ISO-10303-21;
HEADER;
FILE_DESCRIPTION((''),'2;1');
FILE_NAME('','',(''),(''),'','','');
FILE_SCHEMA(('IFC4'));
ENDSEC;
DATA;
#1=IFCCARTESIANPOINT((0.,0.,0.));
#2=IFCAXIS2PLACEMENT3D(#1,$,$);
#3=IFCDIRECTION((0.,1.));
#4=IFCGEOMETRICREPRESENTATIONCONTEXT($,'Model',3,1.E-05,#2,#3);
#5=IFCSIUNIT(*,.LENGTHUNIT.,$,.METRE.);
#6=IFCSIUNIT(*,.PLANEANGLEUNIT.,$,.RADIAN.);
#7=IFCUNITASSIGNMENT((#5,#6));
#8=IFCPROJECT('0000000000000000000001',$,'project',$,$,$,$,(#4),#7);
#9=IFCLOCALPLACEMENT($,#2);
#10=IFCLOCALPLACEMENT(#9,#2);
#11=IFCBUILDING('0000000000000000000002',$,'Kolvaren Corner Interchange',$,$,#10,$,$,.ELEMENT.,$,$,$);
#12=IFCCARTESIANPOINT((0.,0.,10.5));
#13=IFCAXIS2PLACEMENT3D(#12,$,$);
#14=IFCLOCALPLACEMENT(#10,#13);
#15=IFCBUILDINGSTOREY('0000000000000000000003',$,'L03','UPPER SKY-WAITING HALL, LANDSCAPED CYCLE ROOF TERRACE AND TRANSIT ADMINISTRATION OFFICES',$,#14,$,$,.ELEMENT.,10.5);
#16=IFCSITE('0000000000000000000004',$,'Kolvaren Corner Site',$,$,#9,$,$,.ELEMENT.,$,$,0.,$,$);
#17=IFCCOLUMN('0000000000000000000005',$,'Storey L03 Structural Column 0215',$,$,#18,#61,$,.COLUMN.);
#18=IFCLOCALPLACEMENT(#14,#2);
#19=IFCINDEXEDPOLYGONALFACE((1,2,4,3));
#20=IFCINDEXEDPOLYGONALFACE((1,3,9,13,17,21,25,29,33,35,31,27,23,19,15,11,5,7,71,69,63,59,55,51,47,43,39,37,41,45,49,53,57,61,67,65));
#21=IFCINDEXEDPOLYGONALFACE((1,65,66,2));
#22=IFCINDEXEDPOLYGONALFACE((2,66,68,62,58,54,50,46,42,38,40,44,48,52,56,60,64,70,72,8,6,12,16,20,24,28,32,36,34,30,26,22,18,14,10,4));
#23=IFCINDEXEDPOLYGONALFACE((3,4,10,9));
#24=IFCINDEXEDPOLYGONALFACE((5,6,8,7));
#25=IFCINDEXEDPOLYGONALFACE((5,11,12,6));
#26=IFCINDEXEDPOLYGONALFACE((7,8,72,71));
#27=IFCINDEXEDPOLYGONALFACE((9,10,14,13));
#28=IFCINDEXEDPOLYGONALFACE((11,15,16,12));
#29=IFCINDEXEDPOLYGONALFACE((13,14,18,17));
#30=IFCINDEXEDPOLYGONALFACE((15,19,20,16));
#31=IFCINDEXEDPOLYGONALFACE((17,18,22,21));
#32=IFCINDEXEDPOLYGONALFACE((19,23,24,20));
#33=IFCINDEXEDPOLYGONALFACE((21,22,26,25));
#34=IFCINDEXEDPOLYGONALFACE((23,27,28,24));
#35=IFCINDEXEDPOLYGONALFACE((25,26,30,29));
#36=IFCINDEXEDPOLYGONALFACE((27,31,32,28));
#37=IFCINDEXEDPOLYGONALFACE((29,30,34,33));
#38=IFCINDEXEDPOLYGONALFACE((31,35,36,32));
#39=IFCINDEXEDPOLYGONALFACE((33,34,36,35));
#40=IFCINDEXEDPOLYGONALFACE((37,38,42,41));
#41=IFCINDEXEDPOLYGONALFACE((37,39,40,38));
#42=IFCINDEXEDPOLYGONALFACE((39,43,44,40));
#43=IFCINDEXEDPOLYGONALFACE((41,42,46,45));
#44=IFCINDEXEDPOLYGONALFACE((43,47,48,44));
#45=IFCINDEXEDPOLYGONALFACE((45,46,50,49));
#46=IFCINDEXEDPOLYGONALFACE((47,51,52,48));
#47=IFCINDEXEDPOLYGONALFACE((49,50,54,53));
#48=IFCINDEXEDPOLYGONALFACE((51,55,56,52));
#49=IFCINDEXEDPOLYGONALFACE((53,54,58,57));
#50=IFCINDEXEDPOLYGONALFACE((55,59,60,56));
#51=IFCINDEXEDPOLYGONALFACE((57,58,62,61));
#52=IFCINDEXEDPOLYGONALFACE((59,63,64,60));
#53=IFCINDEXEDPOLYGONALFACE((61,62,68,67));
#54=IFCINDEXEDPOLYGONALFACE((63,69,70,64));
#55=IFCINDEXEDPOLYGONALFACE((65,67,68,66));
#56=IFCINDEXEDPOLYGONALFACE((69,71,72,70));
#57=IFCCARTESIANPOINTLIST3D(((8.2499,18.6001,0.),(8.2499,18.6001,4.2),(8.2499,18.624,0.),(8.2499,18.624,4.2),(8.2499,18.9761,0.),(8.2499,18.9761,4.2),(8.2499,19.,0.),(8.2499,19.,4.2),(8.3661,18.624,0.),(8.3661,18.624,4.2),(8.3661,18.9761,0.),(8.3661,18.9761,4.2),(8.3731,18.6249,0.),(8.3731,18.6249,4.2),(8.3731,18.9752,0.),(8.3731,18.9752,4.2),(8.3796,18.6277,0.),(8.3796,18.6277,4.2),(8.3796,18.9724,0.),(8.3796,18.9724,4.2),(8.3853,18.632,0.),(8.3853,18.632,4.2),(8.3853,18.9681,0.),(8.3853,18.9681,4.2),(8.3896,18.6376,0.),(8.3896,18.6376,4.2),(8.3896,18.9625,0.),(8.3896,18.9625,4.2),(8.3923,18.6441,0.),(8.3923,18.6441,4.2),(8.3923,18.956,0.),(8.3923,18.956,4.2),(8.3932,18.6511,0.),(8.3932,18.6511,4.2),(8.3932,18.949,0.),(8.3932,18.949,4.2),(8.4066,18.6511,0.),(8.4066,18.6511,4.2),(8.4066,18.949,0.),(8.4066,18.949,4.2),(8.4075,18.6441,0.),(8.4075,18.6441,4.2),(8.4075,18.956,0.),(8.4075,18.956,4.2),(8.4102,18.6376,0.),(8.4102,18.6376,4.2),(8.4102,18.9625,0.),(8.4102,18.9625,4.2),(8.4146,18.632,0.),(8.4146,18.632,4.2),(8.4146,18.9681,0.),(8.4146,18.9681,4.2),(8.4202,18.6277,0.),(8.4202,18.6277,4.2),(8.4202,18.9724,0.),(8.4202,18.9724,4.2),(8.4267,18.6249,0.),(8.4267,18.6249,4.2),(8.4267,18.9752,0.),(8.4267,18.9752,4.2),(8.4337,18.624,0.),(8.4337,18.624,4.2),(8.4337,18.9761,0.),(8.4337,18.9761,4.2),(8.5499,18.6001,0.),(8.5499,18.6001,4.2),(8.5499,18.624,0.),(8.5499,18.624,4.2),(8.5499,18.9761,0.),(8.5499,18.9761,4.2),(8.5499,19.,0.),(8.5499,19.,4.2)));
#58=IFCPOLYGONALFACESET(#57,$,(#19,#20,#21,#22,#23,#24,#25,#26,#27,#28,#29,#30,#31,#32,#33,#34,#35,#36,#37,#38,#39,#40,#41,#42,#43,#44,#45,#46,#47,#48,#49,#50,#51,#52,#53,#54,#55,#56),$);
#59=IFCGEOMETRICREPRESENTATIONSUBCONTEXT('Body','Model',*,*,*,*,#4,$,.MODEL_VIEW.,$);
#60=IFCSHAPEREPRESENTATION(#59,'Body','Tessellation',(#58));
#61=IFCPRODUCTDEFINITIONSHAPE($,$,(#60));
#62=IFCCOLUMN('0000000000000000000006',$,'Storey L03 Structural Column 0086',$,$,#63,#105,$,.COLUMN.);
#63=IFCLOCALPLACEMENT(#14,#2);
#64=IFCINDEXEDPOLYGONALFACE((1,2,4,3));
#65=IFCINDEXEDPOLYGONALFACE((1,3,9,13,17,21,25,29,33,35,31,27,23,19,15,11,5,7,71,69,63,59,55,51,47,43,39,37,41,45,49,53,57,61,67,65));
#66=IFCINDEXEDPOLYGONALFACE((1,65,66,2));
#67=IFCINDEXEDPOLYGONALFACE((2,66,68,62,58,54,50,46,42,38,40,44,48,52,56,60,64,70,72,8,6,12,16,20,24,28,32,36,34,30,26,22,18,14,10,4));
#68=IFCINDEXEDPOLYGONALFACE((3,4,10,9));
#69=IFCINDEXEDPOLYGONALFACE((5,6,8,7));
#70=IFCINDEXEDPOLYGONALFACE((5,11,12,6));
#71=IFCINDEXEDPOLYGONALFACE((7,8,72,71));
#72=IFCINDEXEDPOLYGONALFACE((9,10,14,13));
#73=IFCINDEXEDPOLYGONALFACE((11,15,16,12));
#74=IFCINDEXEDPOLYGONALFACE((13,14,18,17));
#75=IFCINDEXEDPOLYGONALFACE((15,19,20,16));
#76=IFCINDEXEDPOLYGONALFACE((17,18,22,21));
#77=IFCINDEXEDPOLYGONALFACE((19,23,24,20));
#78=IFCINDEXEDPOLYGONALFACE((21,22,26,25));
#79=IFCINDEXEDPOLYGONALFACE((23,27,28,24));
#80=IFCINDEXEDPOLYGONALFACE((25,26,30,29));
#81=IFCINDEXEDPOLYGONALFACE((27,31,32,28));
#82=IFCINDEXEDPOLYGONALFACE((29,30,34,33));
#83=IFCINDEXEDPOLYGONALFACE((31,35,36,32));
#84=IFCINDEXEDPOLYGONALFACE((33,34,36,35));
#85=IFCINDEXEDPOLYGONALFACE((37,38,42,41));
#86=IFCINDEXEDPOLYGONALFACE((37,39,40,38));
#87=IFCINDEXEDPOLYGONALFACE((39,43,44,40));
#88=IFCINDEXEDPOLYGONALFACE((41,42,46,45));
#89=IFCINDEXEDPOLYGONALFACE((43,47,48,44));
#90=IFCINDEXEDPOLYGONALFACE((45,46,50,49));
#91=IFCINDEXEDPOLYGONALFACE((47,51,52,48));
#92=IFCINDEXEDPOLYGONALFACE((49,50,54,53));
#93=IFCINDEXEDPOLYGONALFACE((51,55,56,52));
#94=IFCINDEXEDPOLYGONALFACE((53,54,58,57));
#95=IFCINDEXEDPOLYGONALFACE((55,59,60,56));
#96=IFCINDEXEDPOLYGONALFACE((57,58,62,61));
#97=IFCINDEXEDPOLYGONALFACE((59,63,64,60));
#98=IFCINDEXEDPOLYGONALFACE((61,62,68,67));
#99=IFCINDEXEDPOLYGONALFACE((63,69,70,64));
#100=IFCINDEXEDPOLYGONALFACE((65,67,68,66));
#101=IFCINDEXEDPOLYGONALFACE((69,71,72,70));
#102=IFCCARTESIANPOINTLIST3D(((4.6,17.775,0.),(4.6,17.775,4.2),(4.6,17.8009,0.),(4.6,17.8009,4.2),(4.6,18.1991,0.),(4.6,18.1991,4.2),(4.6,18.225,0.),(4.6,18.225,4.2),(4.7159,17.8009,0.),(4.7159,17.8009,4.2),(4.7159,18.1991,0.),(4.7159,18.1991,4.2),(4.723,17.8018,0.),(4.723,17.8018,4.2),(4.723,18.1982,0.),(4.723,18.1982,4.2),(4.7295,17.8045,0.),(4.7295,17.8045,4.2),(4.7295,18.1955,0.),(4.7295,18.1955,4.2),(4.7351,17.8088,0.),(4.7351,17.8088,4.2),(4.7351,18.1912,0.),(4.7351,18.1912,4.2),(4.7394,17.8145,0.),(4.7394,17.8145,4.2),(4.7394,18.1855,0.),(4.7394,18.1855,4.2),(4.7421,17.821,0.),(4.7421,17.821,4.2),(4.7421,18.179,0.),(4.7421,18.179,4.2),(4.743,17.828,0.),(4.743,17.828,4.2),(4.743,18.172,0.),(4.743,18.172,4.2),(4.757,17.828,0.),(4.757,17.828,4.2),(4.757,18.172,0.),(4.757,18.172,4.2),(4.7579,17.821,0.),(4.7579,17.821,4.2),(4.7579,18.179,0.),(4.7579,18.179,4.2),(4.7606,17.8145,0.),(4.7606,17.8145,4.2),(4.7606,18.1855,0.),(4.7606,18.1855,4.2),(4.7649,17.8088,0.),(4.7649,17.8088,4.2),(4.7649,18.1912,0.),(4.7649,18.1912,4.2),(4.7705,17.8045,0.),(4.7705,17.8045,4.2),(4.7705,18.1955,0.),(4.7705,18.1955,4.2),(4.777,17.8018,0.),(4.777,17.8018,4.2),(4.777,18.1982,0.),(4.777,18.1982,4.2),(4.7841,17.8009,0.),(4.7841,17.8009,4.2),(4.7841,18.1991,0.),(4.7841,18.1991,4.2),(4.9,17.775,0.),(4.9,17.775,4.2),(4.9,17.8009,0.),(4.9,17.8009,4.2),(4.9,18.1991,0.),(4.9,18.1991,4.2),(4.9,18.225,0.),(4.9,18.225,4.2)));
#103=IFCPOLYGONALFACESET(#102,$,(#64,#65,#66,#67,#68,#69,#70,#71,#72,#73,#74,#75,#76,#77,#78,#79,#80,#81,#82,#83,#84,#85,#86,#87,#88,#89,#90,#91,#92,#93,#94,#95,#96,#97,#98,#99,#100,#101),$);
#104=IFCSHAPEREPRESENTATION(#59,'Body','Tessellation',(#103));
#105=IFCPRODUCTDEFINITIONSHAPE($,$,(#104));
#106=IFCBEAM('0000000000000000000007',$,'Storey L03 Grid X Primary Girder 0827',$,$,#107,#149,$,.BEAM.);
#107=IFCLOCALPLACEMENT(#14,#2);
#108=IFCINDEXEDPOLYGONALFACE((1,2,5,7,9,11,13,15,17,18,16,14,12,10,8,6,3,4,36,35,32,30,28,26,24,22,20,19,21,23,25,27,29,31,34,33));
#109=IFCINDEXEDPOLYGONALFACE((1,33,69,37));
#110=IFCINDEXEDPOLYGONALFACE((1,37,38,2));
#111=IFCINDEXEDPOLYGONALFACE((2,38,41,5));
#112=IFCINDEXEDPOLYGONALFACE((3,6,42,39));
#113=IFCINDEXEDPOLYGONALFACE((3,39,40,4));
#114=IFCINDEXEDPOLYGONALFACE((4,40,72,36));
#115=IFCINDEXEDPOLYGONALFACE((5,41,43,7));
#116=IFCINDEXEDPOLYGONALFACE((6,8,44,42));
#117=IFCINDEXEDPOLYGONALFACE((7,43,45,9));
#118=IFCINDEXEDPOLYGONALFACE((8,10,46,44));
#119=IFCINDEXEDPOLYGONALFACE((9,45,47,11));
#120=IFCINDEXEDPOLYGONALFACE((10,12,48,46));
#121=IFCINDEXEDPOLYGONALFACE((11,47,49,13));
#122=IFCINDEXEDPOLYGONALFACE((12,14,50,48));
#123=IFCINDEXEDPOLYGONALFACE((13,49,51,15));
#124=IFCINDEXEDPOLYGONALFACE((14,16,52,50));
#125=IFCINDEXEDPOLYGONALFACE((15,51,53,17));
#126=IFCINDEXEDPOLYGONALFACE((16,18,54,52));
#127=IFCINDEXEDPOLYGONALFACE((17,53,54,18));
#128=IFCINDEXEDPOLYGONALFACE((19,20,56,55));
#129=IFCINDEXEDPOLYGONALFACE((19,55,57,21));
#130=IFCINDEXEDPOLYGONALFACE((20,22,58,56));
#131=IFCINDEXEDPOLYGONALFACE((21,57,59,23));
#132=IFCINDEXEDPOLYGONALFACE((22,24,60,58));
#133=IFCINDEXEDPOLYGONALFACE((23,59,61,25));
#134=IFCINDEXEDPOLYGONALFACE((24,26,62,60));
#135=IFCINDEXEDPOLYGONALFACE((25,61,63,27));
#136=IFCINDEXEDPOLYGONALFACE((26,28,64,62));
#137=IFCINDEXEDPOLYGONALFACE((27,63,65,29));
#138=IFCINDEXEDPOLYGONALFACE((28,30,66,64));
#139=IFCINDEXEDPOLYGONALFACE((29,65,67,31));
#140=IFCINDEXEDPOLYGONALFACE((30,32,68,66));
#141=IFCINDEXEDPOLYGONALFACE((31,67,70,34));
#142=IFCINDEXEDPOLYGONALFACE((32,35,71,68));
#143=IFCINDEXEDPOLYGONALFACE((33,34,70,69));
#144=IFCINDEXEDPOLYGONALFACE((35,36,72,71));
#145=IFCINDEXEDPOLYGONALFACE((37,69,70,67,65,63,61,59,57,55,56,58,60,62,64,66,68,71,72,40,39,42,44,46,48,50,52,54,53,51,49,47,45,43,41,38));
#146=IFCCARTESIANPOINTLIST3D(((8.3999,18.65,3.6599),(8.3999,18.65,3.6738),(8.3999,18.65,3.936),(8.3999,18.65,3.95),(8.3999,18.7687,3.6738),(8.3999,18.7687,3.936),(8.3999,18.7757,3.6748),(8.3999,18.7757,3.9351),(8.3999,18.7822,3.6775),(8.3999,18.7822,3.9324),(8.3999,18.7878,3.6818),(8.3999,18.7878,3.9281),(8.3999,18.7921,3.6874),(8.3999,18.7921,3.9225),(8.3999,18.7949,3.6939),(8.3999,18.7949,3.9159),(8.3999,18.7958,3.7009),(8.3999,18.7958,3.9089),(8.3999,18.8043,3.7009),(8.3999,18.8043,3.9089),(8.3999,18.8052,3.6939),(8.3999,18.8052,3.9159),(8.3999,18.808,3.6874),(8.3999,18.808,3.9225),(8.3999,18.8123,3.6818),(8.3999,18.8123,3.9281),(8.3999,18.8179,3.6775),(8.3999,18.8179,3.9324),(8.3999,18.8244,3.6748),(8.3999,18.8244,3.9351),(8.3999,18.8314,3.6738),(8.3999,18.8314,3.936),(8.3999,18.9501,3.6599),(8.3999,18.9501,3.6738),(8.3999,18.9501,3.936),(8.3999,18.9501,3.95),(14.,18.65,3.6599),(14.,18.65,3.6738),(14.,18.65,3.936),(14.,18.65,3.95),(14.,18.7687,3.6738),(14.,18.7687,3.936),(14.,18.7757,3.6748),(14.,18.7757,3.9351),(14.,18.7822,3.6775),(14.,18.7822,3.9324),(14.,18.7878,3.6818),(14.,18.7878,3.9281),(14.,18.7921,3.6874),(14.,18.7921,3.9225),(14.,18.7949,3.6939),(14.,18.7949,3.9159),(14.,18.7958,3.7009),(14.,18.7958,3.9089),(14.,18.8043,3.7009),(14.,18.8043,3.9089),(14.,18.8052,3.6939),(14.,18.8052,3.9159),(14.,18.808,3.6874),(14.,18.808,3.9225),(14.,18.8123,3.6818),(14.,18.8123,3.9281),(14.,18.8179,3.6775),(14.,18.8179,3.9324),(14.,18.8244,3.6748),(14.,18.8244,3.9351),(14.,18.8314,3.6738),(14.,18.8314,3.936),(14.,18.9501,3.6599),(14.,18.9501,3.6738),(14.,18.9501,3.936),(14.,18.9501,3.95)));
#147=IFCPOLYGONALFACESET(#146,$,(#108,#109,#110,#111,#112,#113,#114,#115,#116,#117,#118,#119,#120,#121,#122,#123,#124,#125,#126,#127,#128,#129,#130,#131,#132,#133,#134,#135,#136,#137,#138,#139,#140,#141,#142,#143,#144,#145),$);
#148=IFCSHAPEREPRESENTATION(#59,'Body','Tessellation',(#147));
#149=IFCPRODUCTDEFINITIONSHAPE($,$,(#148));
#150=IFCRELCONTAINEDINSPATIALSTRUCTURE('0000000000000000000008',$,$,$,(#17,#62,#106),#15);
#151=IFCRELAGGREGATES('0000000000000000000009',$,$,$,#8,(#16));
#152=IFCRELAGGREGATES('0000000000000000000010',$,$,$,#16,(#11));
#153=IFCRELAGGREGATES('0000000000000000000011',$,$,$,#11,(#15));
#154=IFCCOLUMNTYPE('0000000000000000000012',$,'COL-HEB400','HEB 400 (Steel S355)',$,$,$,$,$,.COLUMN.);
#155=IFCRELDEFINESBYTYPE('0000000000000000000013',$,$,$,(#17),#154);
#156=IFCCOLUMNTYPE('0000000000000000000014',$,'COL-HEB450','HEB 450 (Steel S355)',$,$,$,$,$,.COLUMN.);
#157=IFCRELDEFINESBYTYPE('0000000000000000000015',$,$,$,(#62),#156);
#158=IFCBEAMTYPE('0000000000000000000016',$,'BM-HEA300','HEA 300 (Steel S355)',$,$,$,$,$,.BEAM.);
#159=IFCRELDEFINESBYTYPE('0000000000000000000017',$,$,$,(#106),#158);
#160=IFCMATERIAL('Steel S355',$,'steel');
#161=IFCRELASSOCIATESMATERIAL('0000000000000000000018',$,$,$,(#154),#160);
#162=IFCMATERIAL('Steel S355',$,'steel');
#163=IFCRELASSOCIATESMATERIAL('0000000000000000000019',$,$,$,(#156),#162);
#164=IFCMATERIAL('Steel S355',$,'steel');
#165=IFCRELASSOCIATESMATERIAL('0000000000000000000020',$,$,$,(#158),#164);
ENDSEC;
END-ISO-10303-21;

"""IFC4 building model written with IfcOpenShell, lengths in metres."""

from ifc_helpers import new_model, si_unit, direction, frame, origin, origin_2d, place, context, subcontext, project, spatial, i_section, extrude, material, material_profile, profile_set, type_object, element, save


model = new_model("IFC4")

# Units and contexts
model_context = context("Model", 3, precision=1e-05, world=origin(), true_north=direction((0.0, 1.0)))
body_context = subcontext(model_context, "Body", "Model", "MODEL_VIEW")
ifc_project = project(units=[si_unit("LENGTHUNIT", "METRE"), si_unit("PLANEANGLEUNIT", "RADIAN")], contexts=[model_context])

# Site, building, storey
site_placement = place(None, origin())
site = spatial("IfcSite", under=ifc_project, at=site_placement, Name="Kolvaren Corner Site", CompositionType="ELEMENT", RefElevation=0.0)
building_placement = place(site_placement, origin())
building = spatial("IfcBuilding", under=site, at=building_placement, Name="Kolvaren Corner Interchange", CompositionType="ELEMENT")
storey_placement = place(building_placement, frame((0.0, 0.0, 10.5)))
storey = spatial("IfcBuildingStorey", under=building, at=storey_placement, Name="L03", Description="UPPER SKY-WAITING HALL, LANDSCAPED CYCLE ROOF TERRACE AND TRANSIT ADMINISTRATION OFFICES", CompositionType="ELEMENT", Elevation=10.5)

# Columns
ifc_material_1 = material(Name="Steel S355", Category="steel")
ifc_material_profile_1 = material_profile(ifc_material_1, i_section(OverallWidth=0.3, OverallDepth=0.3999, WebThickness=0.0134, FlangeThickness=0.0239, FilletRadius=0.0271, at=origin_2d()), Name="HEB 400")
ifc_profile_set_1 = profile_set([ifc_material_profile_1], Name="Steel S355")
column_type_1 = type_object("IfcColumnType", Name="COL-HEB400", Description="HEB 400 (Steel S355)", PredefinedType="COLUMN", material=ifc_profile_set_1)
column_1_placement = place(storey_placement, frame((8.3999, 18.8, 0.0), z_axis=(0.0, 0.0, 1.0), x_axis=(1.0, 0.0, 0.0)))
element("IfcColumn", 1, at=column_1_placement, inside=storey, type_object=column_type_1, Name="Storey L03 Structural Column 0215", PredefinedType="COLUMN", context=body_context, shape_type="SweptSolid", body=[
    extrude(i_section(OverallWidth=0.3, OverallDepth=0.3999, WebThickness=0.0134, FlangeThickness=0.0239, FilletRadius=0.0271, at=origin_2d()), origin(), (0.0, 0.0, 1.0), 4.2),
])
ifc_material_2 = material(Name="Steel S355", Category="steel")
ifc_material_profile_2 = material_profile(ifc_material_2, i_section(OverallWidth=0.3, OverallDepth=0.45, WebThickness=0.0139, FlangeThickness=0.0259, FilletRadius=0.0271, at=origin_2d()), Name="HEB 450")
ifc_profile_set_2 = profile_set([ifc_material_profile_2], Name="Steel S355")
column_type_2 = type_object("IfcColumnType", Name="COL-HEB450", Description="HEB 450 (Steel S355)", PredefinedType="COLUMN", material=ifc_profile_set_2)
column_2_placement = place(storey_placement, frame((4.75, 18.0, 0.0), z_axis=(0.0, 0.0, 1.0), x_axis=(1.0, 0.0, 0.0)))
element("IfcColumn", 2, at=column_2_placement, inside=storey, type_object=column_type_2, Name="Storey L03 Structural Column 0086", PredefinedType="COLUMN", context=body_context, shape_type="SweptSolid", body=[
    extrude(i_section(OverallWidth=0.3, OverallDepth=0.45, WebThickness=0.0139, FlangeThickness=0.0259, FilletRadius=0.0271, at=origin_2d()), origin(), (0.0, 0.0, 1.0), 4.2),
])

# Beam
ifc_material_3 = material(Name="Steel S355", Category="steel")
ifc_material_profile_3 = material_profile(ifc_material_3, i_section(OverallWidth=0.3, OverallDepth=0.29, WebThickness=0.0085, FlangeThickness=0.0139, FilletRadius=0.0271, at=origin_2d()), Name="HEA 300")
ifc_profile_set_3 = profile_set([ifc_material_profile_3], Name="Steel S355")
beam_type_1 = type_object("IfcBeamType", Name="BM-HEA300", Description="HEA 300 (Steel S355)", PredefinedType="BEAM", material=ifc_profile_set_3)
beam_1_placement = place(storey_placement, frame((8.3999, 18.8, 3.8049), z_axis=(1.0, 0.0, 0.0), x_axis=(0.0, 1.0, 0.0)))
element("IfcBeam", 3, at=beam_1_placement, inside=storey, type_object=beam_type_1, Name="Storey L03 Grid X Primary Girder 0827", PredefinedType="BEAM", context=body_context, shape_type="SweptSolid", body=[
    extrude(i_section(OverallWidth=0.3, OverallDepth=0.29, WebThickness=0.0085, FlangeThickness=0.0139, FilletRadius=0.0271, at=origin_2d()), origin(), (0.0, 0.0, 1.0), 5.6001),
])

save(model, "model.ifc")
